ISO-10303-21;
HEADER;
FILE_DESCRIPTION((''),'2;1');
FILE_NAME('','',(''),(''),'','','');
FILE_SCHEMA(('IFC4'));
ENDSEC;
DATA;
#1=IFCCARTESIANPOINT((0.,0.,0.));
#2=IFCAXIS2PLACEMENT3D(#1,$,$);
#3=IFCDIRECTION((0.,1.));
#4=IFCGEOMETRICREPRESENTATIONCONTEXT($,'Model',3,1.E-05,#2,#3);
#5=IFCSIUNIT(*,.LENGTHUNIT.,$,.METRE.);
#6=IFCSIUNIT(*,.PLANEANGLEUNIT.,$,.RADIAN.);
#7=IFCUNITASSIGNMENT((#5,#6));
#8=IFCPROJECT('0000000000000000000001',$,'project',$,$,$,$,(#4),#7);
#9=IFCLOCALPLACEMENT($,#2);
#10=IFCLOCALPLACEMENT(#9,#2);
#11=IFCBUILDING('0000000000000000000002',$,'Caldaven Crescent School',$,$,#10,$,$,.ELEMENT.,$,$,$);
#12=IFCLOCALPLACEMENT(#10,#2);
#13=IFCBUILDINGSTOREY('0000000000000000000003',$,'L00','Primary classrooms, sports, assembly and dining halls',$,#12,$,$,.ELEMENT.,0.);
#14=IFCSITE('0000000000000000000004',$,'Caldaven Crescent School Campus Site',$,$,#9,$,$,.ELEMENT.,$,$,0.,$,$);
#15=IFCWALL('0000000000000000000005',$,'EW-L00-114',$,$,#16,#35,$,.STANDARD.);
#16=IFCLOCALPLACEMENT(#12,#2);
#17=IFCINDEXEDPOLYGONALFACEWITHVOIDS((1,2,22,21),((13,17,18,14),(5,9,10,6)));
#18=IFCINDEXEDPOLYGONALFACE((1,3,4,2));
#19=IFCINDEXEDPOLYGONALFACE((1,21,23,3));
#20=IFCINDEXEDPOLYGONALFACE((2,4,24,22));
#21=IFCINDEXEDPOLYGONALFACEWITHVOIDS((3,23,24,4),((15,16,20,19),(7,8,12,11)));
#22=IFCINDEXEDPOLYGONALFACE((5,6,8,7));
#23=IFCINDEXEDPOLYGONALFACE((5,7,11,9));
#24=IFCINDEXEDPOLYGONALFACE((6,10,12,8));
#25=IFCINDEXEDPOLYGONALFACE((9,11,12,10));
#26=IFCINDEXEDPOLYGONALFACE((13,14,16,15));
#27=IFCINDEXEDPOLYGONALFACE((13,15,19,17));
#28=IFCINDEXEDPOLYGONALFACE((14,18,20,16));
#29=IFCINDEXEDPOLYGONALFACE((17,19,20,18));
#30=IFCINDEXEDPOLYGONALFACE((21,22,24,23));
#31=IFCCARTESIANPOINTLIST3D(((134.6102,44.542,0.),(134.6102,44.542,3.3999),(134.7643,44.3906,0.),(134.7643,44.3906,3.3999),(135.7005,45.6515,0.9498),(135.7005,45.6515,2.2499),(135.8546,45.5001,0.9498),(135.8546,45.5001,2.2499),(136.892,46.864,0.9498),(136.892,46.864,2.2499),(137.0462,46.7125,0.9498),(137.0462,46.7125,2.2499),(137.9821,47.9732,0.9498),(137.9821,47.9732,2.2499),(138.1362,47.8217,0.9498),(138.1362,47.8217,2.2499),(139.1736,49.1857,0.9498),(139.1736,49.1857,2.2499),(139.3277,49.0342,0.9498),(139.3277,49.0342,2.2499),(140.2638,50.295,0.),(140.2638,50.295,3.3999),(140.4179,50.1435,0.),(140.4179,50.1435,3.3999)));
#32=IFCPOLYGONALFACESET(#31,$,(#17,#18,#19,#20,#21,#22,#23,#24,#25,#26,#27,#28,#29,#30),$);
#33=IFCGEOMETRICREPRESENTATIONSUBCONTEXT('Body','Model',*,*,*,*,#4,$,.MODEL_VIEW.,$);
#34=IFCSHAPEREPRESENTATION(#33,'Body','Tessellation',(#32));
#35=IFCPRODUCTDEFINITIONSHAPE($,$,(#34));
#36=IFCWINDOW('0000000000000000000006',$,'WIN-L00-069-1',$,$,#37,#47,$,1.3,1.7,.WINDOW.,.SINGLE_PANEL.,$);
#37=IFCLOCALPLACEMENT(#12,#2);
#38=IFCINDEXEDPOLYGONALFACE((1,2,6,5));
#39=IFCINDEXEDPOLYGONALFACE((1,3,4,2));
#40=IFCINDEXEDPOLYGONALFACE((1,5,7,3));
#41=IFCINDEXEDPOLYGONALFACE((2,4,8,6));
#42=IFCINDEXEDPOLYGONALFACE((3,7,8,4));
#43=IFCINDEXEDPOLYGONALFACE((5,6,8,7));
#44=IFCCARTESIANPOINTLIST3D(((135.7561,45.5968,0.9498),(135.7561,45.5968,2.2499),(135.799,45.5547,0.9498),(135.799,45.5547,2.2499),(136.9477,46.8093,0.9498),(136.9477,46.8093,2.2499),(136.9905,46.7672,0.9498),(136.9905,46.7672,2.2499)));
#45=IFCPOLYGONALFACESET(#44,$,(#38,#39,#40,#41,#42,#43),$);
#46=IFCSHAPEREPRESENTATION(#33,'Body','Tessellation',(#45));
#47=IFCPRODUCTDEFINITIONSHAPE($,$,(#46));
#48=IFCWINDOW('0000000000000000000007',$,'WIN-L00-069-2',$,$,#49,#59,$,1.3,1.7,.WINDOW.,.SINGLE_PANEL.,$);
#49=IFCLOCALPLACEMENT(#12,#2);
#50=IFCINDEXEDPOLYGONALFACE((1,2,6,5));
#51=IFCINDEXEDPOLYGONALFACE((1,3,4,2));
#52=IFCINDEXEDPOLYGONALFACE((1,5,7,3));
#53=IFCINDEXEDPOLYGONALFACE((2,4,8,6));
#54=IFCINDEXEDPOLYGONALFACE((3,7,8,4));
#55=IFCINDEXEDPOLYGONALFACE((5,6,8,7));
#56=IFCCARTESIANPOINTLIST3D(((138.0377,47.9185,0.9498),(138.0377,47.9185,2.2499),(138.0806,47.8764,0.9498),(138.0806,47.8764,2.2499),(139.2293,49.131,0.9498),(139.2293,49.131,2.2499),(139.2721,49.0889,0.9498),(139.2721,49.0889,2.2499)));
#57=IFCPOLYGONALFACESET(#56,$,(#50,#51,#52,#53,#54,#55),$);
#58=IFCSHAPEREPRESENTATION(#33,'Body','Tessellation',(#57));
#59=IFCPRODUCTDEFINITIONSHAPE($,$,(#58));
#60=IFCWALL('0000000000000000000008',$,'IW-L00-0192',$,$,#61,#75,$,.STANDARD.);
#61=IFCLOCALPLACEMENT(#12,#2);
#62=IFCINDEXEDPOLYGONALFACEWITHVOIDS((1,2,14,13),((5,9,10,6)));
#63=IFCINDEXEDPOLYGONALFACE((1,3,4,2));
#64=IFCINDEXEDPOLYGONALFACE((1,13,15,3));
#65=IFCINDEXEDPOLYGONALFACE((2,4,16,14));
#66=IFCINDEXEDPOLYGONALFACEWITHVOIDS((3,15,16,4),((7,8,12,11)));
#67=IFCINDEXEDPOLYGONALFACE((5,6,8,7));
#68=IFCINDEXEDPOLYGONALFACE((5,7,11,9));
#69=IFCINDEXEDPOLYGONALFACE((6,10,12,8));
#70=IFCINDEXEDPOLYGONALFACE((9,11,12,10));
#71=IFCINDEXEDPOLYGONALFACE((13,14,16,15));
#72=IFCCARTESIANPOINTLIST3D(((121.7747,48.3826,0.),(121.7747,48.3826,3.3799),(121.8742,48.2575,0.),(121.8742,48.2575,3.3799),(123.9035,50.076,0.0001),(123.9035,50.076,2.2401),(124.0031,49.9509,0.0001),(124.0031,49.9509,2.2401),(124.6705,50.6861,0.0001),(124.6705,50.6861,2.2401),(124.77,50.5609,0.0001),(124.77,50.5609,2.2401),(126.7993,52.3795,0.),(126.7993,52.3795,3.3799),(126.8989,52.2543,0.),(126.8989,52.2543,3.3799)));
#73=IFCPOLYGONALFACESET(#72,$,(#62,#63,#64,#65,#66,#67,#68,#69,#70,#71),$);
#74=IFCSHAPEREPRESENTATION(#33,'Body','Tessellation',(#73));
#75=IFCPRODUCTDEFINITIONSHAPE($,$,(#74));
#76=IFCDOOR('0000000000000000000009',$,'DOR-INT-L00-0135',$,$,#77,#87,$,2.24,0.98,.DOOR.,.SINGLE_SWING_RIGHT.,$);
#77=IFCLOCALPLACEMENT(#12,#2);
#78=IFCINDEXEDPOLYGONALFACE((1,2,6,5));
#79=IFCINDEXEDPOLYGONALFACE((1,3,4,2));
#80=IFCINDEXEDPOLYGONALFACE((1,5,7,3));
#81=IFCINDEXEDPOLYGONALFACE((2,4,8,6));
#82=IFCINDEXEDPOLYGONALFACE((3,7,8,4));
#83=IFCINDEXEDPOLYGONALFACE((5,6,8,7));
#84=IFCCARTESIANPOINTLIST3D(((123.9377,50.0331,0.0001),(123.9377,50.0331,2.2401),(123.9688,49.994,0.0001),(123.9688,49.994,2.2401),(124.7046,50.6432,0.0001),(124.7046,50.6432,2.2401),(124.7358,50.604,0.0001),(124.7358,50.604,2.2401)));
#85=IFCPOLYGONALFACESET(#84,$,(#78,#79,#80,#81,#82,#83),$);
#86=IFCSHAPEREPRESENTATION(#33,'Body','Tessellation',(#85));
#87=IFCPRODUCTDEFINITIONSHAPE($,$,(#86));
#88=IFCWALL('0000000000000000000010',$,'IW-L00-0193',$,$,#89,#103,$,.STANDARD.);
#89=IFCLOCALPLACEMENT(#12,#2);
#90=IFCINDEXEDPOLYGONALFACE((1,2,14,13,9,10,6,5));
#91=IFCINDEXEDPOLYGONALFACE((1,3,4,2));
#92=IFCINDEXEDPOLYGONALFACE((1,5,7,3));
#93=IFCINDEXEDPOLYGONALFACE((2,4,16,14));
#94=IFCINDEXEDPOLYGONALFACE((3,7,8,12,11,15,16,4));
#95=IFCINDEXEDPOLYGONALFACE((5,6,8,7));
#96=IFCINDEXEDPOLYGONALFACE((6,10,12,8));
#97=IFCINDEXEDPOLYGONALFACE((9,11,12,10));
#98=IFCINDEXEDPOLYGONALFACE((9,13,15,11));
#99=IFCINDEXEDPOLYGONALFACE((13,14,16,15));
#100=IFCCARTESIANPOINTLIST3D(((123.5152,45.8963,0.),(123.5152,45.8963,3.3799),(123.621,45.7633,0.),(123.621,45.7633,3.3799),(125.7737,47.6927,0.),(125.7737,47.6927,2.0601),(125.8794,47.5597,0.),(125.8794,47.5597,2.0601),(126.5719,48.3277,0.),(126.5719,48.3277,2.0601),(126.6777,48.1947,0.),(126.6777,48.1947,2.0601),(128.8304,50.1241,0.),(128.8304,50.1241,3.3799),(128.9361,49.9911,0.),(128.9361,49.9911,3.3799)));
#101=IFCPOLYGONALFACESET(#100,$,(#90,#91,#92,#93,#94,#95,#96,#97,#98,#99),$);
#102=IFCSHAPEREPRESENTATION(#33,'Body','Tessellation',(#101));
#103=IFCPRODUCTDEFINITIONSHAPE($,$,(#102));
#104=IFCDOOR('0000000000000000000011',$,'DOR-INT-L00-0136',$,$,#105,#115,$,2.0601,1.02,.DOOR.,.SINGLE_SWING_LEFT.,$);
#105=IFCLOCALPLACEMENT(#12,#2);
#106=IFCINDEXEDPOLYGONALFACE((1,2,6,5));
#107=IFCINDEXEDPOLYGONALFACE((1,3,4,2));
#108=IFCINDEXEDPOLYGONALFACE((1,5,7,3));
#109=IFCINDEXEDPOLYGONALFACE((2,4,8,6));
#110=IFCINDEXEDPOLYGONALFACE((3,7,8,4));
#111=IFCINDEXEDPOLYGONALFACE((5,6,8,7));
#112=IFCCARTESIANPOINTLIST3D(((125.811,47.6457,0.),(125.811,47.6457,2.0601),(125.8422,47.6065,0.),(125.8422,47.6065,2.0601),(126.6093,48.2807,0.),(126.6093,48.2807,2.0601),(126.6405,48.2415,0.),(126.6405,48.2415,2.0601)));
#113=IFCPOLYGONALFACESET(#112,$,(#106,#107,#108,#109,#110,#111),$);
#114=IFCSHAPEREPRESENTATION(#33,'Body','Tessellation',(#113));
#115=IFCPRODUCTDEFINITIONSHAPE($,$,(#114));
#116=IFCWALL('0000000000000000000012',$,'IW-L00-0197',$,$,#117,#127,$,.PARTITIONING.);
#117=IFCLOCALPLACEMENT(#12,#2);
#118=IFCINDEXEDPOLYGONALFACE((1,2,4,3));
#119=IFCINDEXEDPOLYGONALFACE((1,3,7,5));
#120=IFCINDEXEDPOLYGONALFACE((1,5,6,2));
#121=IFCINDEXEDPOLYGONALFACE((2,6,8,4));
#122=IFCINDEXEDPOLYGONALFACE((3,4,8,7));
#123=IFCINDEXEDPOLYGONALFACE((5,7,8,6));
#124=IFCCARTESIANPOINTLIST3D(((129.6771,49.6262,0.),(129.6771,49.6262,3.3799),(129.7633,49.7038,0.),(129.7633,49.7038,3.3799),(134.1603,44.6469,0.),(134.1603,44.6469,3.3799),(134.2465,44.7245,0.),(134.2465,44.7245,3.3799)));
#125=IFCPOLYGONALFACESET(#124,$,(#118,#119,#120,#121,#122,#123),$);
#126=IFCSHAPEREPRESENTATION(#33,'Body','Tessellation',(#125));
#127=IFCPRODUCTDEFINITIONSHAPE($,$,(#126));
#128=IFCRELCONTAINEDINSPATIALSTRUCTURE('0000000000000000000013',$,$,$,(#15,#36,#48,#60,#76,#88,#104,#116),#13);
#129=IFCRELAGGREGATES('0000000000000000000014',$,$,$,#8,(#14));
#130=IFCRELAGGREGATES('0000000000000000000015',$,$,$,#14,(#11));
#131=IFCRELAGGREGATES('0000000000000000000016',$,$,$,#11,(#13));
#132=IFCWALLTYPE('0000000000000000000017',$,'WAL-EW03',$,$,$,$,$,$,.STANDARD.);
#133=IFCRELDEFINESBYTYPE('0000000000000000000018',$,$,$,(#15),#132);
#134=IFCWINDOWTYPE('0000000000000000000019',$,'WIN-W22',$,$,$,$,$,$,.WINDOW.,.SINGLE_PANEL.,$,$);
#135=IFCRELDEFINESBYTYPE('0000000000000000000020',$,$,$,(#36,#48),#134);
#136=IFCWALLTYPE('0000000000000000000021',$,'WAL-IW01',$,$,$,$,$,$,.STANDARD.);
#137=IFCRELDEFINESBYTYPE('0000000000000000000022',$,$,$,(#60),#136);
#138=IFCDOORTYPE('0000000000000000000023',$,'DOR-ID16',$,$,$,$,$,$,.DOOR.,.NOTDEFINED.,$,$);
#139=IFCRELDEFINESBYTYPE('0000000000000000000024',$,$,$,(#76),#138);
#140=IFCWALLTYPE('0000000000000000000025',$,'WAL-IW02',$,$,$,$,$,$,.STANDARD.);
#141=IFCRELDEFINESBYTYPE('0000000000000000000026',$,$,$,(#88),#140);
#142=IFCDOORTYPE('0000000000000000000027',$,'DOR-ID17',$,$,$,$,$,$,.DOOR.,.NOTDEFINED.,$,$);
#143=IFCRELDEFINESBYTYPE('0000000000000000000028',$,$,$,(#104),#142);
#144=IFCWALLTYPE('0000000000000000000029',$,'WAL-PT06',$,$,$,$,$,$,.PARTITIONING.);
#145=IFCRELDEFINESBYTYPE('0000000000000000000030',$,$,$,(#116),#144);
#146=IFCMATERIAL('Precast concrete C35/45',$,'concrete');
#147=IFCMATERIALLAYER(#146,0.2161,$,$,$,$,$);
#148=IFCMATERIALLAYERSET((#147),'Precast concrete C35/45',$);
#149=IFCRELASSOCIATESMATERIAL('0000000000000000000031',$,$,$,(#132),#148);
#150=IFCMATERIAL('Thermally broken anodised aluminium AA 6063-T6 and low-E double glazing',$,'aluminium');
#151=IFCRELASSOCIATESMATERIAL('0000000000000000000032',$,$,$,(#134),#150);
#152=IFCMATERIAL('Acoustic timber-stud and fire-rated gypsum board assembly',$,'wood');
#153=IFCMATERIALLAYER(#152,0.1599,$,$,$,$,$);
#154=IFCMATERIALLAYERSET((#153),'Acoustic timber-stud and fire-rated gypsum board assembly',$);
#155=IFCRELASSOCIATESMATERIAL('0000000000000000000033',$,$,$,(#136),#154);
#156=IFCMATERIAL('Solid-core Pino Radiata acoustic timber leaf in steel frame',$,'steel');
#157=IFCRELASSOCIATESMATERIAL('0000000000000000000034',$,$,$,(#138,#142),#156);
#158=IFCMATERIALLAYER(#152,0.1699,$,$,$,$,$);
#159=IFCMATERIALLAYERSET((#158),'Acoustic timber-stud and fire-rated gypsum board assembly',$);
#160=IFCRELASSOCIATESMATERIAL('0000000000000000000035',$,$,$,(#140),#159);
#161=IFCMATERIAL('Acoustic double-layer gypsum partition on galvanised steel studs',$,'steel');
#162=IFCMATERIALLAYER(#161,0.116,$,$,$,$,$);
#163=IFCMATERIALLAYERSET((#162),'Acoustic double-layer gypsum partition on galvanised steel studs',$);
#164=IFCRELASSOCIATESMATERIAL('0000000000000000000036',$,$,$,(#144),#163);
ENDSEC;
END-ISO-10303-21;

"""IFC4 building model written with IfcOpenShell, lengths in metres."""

from ifc_helpers import new_model, si_unit, direction, frame, frame_2d, origin, place, context, subcontext, project, spatial, rectangle, extrude, material, layer, layer_set, type_object, element, fill, save


model = new_model("IFC4")

# Units and contexts
model_context = context("Model", 3, precision=1e-05, world=origin(), true_north=direction((0.0, 1.0)))
body_context = subcontext(model_context, "Body", "Model", "MODEL_VIEW")
ifc_project = project(units=[si_unit("LENGTHUNIT", "METRE"), si_unit("PLANEANGLEUNIT", "RADIAN")], contexts=[model_context])

# Site, building, storey
site_placement = place(None, origin())
site = spatial("IfcSite", under=ifc_project, at=site_placement, Name="Caldaven Crescent School Campus Site", CompositionType="ELEMENT", RefElevation=0.0)
building_placement = place(site_placement, origin())
building = spatial("IfcBuilding", under=site, at=building_placement, Name="Caldaven Crescent School", CompositionType="ELEMENT")
storey_placement = place(building_placement, origin())
storey = spatial("IfcBuildingStorey", under=building, at=storey_placement, Name="L00", Description="Primary classrooms, sports, assembly and dining halls", CompositionType="ELEMENT", Elevation=0.0)

# Wall, openings, windows
ifc_material_1 = material(Name="Precast concrete C35/45", Category="concrete")
ifc_layer_1 = layer(ifc_material_1, 0.2161)
ifc_layer_set_1 = layer_set([ifc_layer_1], Name="Precast concrete C35/45")
wall_type_1 = type_object("IfcWallType", Name="WAL-EW03", PredefinedType="STANDARD", material=ifc_layer_set_1)
wall_1_placement = place(storey_placement, frame((134.6873, 44.4663, 0.0), z_axis=(0.0, 0.0, 1.0), x_axis=(0.70092, 0.71324, 0.0)))
wall_1 = element("IfcWall", 1, at=wall_1_placement, inside=storey, type_object=wall_type_1, Name="EW-L00-114", PredefinedType="STANDARD", context=body_context, shape_type="SweptSolid", body=[
    extrude(rectangle(XDim=8.0659, YDim=0.2161, at=frame_2d((4.033, 0.0))), origin(), (0.0, 0.0, 1.0), 3.3999),
])
opening_1_placement = place(wall_1_placement, frame((1.5554, 0.0, 0.95)))
opening_1 = element("IfcOpeningElement", 2, at=opening_1_placement, cuts=wall_1, PredefinedType="OPENING", context=body_context, shape_type="SweptSolid", body=[
    extrude(rectangle(XDim=1.7, YDim=1.3, at=frame_2d((0.8501, 0.6499))), frame((0.0, 0.1179, 0.0), z_axis=(0.0, -1.0, 0.0), x_axis=(1.0, 0.0, 0.0)), (0.0, 0.0, 1.0), 0.2361),
])
opening_2_placement = place(wall_1_placement, frame((4.8105, 0.0, 0.95)))
opening_2 = element("IfcOpeningElement", 3, at=opening_2_placement, cuts=wall_1, PredefinedType="OPENING", context=body_context, shape_type="SweptSolid", body=[
    extrude(rectangle(XDim=1.7, YDim=1.3, at=frame_2d((0.8501, 0.6499))), frame((0.0, 0.1179, 0.0), z_axis=(0.0, -1.0, 0.0), x_axis=(1.0, 0.0, 0.0)), (0.0, 0.0, 1.0), 0.2361),
])
ifc_material_2 = material(Name="Thermally broken anodised aluminium AA 6063-T6 and low-E double glazing", Category="aluminium")
window_type = type_object("IfcWindowType", Name="WIN-W22", PartitioningType="SINGLE_PANEL", PredefinedType="WINDOW", material=ifc_material_2)
window_1_placement = place(opening_1_placement, origin())
window_1 = element("IfcWindow", 4, at=window_1_placement, inside=storey, type_object=window_type, Name="WIN-L00-069-1", OverallHeight=1.3, OverallWidth=1.7, PartitioningType="SINGLE_PANEL", PredefinedType="WINDOW", context=body_context, shape_type="SweptSolid", body=[
    extrude(rectangle(XDim=1.7, YDim=1.3, at=frame_2d((0.8501, 0.6499))), frame((0.0, 0.03, 0.0), z_axis=(0.0, -1.0, 0.0), x_axis=(1.0, 0.0, 0.0)), (0.0, 0.0, 1.0), 0.0601),
])
fill(opening_1, window_1)
window_2_placement = place(opening_2_placement, origin())
window_2 = element("IfcWindow", 5, at=window_2_placement, inside=storey, type_object=window_type, Name="WIN-L00-069-2", OverallHeight=1.3, OverallWidth=1.7, PartitioningType="SINGLE_PANEL", PredefinedType="WINDOW", context=body_context, shape_type="SweptSolid", body=[
    extrude(rectangle(XDim=1.7, YDim=1.3, at=frame_2d((0.8501, 0.6499))), frame((0.0, 0.03, 0.0), z_axis=(0.0, -1.0, 0.0), x_axis=(1.0, 0.0, 0.0)), (0.0, 0.0, 1.0), 0.0601),
])
fill(opening_2, window_2)

# Walls, openings, doors
ifc_material_3 = material(Name="Acoustic timber-stud and fire-rated gypsum board assembly", Category="wood")
ifc_layer_2 = layer(ifc_material_3, 0.1599)
ifc_layer_set_2 = layer_set([ifc_layer_2], Name="Acoustic timber-stud and fire-rated gypsum board assembly")
wall_type_2 = type_object("IfcWallType", Name="WAL-IW01", PredefinedType="STANDARD", material=ifc_layer_set_2)
wall_2_placement = place(storey_placement, frame((121.8245, 48.3201, 0.0), z_axis=(0.0, 0.0, 1.0), x_axis=(0.782606, 0.622518, 0.0)))
wall_2 = element("IfcWall", 6, at=wall_2_placement, inside=storey, type_object=wall_type_2, Name="IW-L00-0192", PredefinedType="STANDARD", context=body_context, shape_type="SweptSolid", body=[
    extrude(rectangle(XDim=6.4204, YDim=0.1599, at=frame_2d((3.2102, 0.0))), origin(), (0.0, 0.0, 1.0), 3.3799),
])
opening_3_placement = place(wall_2_placement, frame((2.7202, 0.0, 0.0)))
opening_3 = element("IfcOpeningElement", 7, at=opening_3_placement, cuts=wall_2, PredefinedType="OPENING", context=body_context, shape_type="SweptSolid", body=[
    extrude(rectangle(XDim=0.98, YDim=2.24, at=frame_2d((0.49, 1.1201))), frame((0.0, 0.0898, 0.0), z_axis=(0.0, -1.0, 0.0), x_axis=(1.0, 0.0, 0.0)), (0.0, 0.0, 1.0), 0.1799),
])
ifc_material_4 = material(Name="Solid-core Pino Radiata acoustic timber leaf in steel frame", Category="steel")
door_type_1 = type_object("IfcDoorType", Name="DOR-ID16", OperationType="NOTDEFINED", PredefinedType="DOOR", material=ifc_material_4)
door_1_placement = place(opening_3_placement, frame((0.98, 0.0, 0.0), z_axis=(0.0, 0.0, 1.0), x_axis=(-1.0, 0.0, 0.0)))
door_1 = element("IfcDoor", 8, at=door_1_placement, inside=storey, type_object=door_type_1, Name="DOR-INT-L00-0135", OperationType="SINGLE_SWING_RIGHT", OverallHeight=2.24, OverallWidth=0.98, PredefinedType="DOOR", context=body_context, shape_type="SweptSolid", body=[
    extrude(rectangle(XDim=0.98, YDim=2.24, at=frame_2d((0.49, 1.1201))), frame((0.0, 0.0249, 0.0), z_axis=(0.0, -1.0, 0.0), x_axis=(1.0, 0.0, 0.0)), (0.0, 0.0, 1.0), 0.05),
])
fill(opening_3, door_1)
ifc_layer_3 = layer(ifc_material_3, 0.1699)
ifc_layer_set_3 = layer_set([ifc_layer_3], Name="Acoustic timber-stud and fire-rated gypsum board assembly")
wall_type_3 = type_object("IfcWallType", Name="WAL-IW02", PredefinedType="STANDARD", material=ifc_layer_set_3)
wall_3_placement = place(storey_placement, frame((123.5681, 45.8298, 0.0), z_axis=(0.0, 0.0, 1.0), x_axis=(0.782616, 0.622505, 0.0)))
wall_3 = element("IfcWall", 9, at=wall_3_placement, inside=storey, type_object=wall_type_3, Name="IW-L00-0193", PredefinedType="STANDARD", context=body_context, shape_type="SweptSolid", body=[
    extrude(rectangle(XDim=6.7915, YDim=0.1699, at=frame_2d((3.3958, 0.0))), origin(), (0.0, 0.0, 1.0), 3.3799),
])
opening_4_placement = place(wall_3_placement, frame((2.8857, 0.0, 0.0)))
opening_4 = element("IfcOpeningElement", 10, at=opening_4_placement, cuts=wall_3, PredefinedType="OPENING", context=body_context, shape_type="SweptSolid", body=[
    extrude(rectangle(XDim=1.02, YDim=2.0601, at=frame_2d((0.51, 1.03))), frame((0.0, 0.095, 0.0), z_axis=(0.0, -1.0, 0.0), x_axis=(1.0, 0.0, 0.0)), (0.0, 0.0, 1.0), 0.1899),
])
door_type_2 = type_object("IfcDoorType", Name="DOR-ID17", OperationType="NOTDEFINED", PredefinedType="DOOR", material=ifc_material_4)
door_2_placement = place(opening_4_placement, origin())
door_2 = element("IfcDoor", 11, at=door_2_placement, inside=storey, type_object=door_type_2, Name="DOR-INT-L00-0136", OperationType="SINGLE_SWING_LEFT", OverallHeight=2.0601, OverallWidth=1.02, PredefinedType="DOOR", context=body_context, shape_type="SweptSolid", body=[
    extrude(rectangle(XDim=1.02, YDim=2.0601, at=frame_2d((0.51, 1.03))), frame((0.0, 0.0249, 0.0), z_axis=(0.0, -1.0, 0.0), x_axis=(1.0, 0.0, 0.0)), (0.0, 0.0, 1.0), 0.05),
])
fill(opening_4, door_2)

# Wall
ifc_material_5 = material(Name="Acoustic double-layer gypsum partition on galvanised steel studs", Category="steel")
ifc_layer_4 = layer(ifc_material_5, 0.116)
ifc_layer_set_4 = layer_set([ifc_layer_4], Name="Acoustic double-layer gypsum partition on galvanised steel studs")
wall_type_4 = type_object("IfcWallType", Name="WAL-PT06", PredefinedType="PARTITIONING", material=ifc_layer_set_4)
wall_4_placement = place(storey_placement, frame((129.7202, 49.665, 0.0), z_axis=(0.0, 0.0, 1.0), x_axis=(0.669116, -0.743158, 0.0)))
element("IfcWall", 12, at=wall_4_placement, inside=storey, type_object=wall_type_4, Name="IW-L00-0197", PredefinedType="PARTITIONING", context=body_context, shape_type="SweptSolid", body=[
    extrude(rectangle(XDim=6.7002, YDim=0.116, at=frame_2d((3.3501, 0.0))), origin(), (0.0, 0.0, 1.0), 3.3799),
])

save(model, "model.ifc")
